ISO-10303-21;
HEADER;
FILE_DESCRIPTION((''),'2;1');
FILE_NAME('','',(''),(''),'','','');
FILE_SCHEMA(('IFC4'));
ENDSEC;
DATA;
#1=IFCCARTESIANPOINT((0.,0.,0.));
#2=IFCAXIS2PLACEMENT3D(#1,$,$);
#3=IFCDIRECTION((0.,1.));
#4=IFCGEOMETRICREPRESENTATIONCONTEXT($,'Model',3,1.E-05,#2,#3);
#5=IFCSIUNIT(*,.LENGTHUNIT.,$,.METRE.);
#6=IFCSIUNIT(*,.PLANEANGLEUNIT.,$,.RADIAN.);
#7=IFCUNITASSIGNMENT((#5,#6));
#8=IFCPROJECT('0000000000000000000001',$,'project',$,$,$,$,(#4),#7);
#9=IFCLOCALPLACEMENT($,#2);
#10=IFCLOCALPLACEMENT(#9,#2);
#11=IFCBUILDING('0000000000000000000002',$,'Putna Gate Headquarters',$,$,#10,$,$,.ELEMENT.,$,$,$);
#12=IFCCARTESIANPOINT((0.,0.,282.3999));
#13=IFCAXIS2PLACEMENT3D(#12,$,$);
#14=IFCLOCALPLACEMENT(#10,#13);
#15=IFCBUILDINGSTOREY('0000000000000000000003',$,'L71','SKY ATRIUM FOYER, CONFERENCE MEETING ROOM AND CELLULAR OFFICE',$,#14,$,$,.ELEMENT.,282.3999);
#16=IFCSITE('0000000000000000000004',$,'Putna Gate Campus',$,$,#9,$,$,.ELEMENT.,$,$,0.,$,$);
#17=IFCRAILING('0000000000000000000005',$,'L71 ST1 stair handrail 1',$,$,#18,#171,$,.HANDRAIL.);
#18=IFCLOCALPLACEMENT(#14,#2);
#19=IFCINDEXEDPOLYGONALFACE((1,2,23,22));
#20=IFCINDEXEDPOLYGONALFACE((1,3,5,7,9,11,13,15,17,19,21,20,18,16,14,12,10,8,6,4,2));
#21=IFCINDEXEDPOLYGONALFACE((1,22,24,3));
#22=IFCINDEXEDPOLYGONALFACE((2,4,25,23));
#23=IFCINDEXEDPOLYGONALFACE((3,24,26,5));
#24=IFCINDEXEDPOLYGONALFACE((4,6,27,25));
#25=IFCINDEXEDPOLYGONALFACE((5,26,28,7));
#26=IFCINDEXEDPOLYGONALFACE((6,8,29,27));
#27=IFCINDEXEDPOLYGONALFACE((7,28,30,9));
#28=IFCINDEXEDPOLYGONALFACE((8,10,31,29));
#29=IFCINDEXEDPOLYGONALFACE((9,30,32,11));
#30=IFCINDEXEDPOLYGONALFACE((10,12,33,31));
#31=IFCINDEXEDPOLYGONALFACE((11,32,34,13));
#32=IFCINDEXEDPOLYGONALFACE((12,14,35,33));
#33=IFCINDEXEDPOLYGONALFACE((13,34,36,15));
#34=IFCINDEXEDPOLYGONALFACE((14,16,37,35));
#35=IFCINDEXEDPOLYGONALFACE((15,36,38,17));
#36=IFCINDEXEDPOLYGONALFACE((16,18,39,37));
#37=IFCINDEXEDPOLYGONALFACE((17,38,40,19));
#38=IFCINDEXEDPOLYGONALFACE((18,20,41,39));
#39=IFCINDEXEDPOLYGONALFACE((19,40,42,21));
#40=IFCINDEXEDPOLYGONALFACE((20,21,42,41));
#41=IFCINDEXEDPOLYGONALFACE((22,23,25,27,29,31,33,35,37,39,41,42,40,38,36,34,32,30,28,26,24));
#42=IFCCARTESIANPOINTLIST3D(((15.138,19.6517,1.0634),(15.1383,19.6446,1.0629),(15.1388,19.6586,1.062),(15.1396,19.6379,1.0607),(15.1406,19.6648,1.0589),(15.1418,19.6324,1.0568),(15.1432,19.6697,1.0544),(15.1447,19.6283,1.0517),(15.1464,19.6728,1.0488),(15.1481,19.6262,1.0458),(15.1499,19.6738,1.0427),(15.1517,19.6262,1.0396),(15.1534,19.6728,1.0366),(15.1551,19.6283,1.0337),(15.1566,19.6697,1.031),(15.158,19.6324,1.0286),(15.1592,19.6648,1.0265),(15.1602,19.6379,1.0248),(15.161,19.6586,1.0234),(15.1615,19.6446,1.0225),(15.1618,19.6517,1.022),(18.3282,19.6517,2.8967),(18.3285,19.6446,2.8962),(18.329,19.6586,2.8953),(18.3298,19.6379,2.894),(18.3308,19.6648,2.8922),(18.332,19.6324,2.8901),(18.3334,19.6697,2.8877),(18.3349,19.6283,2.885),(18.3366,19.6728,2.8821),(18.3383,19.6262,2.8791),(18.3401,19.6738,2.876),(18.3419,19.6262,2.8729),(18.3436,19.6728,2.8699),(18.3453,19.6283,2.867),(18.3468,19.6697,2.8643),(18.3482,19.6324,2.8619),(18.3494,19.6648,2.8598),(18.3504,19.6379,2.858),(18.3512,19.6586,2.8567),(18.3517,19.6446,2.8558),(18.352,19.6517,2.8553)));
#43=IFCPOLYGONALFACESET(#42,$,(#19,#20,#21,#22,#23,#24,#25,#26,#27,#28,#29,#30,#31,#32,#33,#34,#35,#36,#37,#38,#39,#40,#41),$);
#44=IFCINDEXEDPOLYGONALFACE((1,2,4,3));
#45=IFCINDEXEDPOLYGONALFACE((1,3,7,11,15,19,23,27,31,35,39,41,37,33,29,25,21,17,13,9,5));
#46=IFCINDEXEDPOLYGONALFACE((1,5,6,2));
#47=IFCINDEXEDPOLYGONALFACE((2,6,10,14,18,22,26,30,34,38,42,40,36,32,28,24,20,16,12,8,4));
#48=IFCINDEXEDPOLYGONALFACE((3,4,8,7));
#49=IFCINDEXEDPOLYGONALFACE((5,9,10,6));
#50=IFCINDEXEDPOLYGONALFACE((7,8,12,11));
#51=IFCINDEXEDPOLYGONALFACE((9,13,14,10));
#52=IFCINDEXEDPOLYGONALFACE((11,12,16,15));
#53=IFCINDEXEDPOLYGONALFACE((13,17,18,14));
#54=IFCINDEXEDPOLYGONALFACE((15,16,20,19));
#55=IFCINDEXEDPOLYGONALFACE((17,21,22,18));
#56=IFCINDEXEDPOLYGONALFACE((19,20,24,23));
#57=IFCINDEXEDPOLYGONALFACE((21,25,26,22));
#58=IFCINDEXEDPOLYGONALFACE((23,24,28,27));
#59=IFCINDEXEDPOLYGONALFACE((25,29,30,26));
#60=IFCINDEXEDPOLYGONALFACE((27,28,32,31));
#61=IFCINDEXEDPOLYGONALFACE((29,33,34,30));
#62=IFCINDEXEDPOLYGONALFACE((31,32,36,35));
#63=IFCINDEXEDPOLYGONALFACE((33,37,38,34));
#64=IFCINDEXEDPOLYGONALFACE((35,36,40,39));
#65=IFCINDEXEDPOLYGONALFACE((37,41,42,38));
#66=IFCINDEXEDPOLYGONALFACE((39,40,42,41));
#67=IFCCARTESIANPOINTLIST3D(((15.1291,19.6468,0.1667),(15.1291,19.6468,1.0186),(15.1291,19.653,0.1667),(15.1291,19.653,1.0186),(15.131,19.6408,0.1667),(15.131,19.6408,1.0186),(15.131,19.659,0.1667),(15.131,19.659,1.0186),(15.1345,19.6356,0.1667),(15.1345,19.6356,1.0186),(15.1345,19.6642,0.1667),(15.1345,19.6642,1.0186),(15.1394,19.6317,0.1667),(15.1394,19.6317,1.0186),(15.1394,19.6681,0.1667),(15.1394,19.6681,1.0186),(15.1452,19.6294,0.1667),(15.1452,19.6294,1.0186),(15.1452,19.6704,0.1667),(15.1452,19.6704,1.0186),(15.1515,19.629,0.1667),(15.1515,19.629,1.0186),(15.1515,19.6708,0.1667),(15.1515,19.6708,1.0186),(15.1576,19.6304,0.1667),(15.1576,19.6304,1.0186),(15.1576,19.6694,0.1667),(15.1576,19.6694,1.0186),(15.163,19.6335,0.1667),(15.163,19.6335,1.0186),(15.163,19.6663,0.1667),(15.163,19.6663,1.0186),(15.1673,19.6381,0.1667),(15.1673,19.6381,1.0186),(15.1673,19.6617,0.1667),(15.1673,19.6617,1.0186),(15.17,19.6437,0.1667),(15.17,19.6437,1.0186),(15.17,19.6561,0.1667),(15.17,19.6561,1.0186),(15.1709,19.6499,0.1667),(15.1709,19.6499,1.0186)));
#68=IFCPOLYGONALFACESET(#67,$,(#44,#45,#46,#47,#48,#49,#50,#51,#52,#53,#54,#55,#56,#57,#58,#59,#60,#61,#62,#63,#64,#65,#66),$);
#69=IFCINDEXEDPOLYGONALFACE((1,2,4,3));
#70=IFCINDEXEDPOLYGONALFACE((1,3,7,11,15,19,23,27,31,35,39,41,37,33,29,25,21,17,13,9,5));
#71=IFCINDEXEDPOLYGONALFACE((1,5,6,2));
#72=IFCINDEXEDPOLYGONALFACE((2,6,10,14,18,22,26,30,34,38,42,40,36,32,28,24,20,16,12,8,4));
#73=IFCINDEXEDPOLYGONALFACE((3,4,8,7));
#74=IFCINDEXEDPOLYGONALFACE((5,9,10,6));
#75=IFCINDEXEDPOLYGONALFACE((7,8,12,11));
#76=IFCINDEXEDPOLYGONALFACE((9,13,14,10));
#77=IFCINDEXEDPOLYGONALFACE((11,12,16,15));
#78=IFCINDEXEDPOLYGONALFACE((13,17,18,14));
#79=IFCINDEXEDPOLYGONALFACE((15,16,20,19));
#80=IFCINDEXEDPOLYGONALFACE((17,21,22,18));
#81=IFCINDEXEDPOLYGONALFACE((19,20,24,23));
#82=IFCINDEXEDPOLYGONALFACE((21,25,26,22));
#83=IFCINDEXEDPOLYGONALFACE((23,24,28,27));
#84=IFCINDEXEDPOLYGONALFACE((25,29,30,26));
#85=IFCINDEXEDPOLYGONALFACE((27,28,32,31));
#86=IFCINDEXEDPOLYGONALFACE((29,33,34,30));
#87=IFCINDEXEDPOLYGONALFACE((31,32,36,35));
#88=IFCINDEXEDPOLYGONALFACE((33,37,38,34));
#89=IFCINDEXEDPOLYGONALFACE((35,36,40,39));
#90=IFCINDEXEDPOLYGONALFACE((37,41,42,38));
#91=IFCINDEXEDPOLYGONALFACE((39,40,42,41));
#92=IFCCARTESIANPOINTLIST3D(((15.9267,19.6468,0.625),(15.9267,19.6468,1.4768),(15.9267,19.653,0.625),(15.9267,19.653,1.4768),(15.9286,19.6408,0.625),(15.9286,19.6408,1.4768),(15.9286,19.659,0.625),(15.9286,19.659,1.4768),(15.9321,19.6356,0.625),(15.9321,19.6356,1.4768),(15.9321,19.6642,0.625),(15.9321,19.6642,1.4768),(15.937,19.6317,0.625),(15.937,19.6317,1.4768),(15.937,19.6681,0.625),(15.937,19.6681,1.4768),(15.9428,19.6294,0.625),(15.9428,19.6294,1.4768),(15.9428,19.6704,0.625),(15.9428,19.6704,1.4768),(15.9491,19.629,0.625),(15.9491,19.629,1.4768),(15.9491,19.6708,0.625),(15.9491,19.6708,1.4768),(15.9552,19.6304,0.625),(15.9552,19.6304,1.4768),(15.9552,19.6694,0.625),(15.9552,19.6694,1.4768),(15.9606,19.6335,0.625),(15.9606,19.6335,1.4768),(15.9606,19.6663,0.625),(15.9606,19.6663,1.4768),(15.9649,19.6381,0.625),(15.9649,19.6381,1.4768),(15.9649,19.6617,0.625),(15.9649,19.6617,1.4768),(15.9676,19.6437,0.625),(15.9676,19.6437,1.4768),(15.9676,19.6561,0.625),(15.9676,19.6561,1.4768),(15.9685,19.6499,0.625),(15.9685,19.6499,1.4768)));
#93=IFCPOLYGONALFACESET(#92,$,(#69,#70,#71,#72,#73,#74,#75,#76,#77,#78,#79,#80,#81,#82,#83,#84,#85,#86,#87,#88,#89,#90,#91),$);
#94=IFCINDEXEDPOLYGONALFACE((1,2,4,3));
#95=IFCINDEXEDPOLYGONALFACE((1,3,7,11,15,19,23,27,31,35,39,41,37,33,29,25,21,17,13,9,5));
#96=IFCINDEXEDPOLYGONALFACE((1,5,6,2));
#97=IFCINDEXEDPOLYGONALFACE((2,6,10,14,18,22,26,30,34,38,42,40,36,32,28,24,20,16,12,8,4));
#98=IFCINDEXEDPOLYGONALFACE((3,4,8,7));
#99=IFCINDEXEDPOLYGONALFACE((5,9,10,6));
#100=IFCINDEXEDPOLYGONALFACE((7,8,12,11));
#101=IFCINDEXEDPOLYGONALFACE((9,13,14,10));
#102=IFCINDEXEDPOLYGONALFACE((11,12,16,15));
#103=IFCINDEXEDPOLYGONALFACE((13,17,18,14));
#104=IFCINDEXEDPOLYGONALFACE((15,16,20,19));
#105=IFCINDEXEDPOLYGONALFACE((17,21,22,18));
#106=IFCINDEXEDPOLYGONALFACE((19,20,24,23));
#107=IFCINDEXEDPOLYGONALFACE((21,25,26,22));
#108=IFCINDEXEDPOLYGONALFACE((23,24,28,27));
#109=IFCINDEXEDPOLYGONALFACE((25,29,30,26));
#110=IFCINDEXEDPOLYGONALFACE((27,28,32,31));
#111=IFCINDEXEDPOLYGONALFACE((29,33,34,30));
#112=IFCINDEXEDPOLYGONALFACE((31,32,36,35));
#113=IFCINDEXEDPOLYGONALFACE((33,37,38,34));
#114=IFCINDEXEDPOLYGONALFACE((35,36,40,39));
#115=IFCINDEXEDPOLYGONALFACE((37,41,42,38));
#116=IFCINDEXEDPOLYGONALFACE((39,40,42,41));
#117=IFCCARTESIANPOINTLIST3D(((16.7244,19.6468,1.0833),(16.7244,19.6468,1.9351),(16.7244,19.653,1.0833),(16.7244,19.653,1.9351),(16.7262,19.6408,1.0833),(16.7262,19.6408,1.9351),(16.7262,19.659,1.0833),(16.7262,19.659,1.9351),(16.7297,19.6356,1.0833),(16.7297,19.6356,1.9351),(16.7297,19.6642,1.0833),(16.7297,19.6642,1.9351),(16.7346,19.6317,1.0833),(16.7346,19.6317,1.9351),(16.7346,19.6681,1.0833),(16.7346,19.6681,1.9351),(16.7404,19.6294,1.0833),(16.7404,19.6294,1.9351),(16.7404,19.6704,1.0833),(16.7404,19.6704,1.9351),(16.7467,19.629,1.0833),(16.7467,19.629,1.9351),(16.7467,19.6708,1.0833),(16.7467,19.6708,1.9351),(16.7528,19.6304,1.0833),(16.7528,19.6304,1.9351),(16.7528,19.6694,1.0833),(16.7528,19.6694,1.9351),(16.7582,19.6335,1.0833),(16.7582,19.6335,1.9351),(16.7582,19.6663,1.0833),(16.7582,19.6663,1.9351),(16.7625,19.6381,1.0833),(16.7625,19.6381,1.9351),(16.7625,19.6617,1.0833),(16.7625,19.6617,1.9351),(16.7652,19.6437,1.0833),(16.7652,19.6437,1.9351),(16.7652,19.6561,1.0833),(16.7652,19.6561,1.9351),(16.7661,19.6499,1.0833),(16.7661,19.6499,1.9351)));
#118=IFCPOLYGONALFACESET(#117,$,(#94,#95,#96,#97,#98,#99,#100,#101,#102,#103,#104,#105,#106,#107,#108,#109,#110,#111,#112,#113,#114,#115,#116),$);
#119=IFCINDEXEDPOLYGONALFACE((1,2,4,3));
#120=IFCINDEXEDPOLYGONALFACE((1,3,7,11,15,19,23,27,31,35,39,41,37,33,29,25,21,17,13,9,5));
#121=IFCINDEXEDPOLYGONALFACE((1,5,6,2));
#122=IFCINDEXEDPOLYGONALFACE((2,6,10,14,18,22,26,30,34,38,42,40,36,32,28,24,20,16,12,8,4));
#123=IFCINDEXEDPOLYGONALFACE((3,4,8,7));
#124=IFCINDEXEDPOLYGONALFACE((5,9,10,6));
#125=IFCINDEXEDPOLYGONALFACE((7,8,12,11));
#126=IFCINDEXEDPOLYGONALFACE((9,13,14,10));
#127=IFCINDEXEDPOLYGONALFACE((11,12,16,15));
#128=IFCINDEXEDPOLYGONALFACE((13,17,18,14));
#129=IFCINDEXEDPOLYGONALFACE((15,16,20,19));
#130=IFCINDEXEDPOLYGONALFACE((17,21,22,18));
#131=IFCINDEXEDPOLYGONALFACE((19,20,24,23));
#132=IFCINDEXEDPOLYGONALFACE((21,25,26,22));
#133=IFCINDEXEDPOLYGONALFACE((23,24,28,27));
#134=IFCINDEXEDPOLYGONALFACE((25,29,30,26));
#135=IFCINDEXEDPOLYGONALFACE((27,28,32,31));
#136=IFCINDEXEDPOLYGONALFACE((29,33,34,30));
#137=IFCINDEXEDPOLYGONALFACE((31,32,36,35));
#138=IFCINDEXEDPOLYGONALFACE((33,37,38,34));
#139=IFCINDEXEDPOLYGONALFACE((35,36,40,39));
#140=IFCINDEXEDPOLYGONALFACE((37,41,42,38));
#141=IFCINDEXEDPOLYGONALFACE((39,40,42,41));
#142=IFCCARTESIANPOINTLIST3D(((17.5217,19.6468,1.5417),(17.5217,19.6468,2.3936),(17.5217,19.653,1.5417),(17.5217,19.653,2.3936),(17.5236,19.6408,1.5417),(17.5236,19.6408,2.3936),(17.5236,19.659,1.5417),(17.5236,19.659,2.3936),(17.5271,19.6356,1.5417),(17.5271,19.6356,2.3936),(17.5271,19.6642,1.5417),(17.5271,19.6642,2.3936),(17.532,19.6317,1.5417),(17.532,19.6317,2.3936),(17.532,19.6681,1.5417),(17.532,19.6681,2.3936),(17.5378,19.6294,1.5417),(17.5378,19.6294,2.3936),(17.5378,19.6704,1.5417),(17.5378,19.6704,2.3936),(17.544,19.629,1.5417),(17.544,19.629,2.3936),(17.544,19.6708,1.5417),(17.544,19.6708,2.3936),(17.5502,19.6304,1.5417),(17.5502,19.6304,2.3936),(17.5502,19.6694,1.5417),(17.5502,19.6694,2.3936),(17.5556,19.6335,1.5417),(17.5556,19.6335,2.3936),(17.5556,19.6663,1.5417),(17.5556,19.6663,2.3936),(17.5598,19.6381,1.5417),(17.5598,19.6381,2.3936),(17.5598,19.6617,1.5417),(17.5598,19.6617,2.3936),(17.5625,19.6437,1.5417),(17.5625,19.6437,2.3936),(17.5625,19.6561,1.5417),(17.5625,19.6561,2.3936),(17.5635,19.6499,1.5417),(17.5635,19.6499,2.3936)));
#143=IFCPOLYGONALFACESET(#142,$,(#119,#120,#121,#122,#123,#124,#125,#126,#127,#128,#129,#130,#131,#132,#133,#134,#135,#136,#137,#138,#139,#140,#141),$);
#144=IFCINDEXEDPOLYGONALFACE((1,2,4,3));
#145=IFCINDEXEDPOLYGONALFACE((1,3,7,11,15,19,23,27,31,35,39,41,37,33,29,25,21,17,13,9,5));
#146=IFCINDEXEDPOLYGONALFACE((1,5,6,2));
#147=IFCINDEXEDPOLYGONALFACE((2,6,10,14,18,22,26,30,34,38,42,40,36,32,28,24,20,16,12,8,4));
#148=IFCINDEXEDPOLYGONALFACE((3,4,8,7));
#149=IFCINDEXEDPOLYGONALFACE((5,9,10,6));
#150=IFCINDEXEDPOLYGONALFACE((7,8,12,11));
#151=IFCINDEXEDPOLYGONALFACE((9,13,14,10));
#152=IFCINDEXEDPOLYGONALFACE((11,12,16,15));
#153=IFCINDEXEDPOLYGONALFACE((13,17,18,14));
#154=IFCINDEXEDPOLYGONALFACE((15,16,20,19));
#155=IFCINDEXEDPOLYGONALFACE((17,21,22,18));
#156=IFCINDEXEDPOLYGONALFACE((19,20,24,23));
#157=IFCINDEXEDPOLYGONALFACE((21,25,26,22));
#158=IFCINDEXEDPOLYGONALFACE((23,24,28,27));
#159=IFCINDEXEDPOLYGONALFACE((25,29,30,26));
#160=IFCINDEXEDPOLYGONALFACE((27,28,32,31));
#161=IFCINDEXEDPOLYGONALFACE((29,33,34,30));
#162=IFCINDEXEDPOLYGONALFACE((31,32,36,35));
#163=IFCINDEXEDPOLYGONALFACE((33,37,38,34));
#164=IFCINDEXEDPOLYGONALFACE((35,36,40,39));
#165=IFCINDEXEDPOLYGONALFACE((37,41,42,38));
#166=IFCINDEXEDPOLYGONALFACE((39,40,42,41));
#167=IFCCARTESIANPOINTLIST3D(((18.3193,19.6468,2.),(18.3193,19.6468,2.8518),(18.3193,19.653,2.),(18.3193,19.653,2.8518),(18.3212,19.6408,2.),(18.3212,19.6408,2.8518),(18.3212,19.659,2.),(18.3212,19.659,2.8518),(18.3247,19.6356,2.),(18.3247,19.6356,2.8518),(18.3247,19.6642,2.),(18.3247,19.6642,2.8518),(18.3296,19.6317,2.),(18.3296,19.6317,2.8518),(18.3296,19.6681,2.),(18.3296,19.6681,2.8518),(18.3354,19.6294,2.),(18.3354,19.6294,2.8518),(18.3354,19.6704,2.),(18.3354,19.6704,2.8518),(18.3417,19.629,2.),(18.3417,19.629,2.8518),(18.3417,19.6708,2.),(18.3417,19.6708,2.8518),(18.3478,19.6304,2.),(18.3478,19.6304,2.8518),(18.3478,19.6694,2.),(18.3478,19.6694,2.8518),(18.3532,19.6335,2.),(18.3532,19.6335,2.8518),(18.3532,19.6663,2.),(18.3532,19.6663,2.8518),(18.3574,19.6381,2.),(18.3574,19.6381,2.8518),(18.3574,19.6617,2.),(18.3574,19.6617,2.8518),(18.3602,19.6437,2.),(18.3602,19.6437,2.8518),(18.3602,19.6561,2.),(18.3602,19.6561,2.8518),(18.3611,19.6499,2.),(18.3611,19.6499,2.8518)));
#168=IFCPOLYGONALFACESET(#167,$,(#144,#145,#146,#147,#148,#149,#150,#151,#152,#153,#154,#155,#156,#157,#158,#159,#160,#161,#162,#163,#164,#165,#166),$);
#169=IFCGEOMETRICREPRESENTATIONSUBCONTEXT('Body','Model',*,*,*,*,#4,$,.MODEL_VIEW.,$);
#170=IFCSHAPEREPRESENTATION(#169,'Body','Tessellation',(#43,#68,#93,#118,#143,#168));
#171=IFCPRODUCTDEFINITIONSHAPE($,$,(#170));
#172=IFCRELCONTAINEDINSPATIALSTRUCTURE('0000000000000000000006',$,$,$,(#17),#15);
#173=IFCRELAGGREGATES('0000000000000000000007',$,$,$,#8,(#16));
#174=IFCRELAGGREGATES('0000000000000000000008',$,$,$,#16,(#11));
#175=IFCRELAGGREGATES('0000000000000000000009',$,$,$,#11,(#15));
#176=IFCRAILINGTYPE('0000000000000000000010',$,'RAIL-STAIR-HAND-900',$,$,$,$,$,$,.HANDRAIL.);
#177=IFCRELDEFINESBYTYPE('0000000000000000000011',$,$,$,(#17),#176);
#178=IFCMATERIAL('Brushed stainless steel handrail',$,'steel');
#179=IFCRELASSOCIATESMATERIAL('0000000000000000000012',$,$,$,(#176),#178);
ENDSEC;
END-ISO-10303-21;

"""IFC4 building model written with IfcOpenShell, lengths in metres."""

from ifc_helpers import new_model, si_unit, direction, frame, origin, origin_2d, place, context, subcontext, project, spatial, circle, extrude, material, type_object, element, save


model = new_model("IFC4")

# Units and contexts
model_context = context("Model", 3, precision=1e-05, world=origin(), true_north=direction((0.0, 1.0)))
body_context = subcontext(model_context, "Body", "Model", "MODEL_VIEW")
ifc_project = project(units=[si_unit("LENGTHUNIT", "METRE"), si_unit("PLANEANGLEUNIT", "RADIAN")], contexts=[model_context])

# Site, building, storey
site_placement = place(None, origin())
site = spatial("IfcSite", under=ifc_project, at=site_placement, Name="Putna Gate Campus", CompositionType="ELEMENT", RefElevation=0.0)
building_placement = place(site_placement, origin())
building = spatial("IfcBuilding", under=site, at=building_placement, Name="Putna Gate Headquarters", CompositionType="ELEMENT")
storey_placement = place(building_placement, frame((0.0, 0.0, 282.3999)))
storey = spatial("IfcBuildingStorey", under=building, at=storey_placement, Name="L71", Description="SKY ATRIUM FOYER, CONFERENCE MEETING ROOM AND CELLULAR OFFICE", CompositionType="ELEMENT", Elevation=282.3999)

# Railing
ifc_material_1 = material(Name="Brushed stainless steel handrail", Category="steel")
railing_type_1 = type_object("IfcRailingType", Name="RAIL-STAIR-HAND-900", PredefinedType="HANDRAIL", material=ifc_material_1)
railing_1_placement = place(storey_placement, frame((15.1499, 19.6499, 0.1667)))
element("IfcRailing", 1, at=railing_1_placement, inside=storey, type_object=railing_type_1, Name="L71 ST1 stair handrail 1", PredefinedType="HANDRAIL", context=body_context, shape_type="SweptSolid", body=[
    extrude(circle(Radius=0.0239, at=origin_2d()), frame((0.0, 0.0, 0.876), z_axis=(0.867036, 0.0, 0.498245), x_axis=(0.0, 1.0, 0.0)), (0.0, 0.0, 1.0), 3.6794),
    extrude(circle(Radius=0.021, at=origin_2d()), origin(), (0.0, 0.0, 1.0), 0.8518),
    extrude(circle(Radius=0.021, at=origin_2d()), frame((0.7976, 0.0, 0.4583)), (0.0, 0.0, 1.0), 0.8518),
    extrude(circle(Radius=0.021, at=origin_2d()), frame((1.5952, 0.0, 0.9165)), (0.0, 0.0, 1.0), 0.8518),
    extrude(circle(Radius=0.021, at=origin_2d()), frame((2.3926, 0.0, 1.375)), (0.0, 0.0, 1.0), 0.8518),
    extrude(circle(Radius=0.021, at=origin_2d()), frame((3.1902, 0.0, 1.8333)), (0.0, 0.0, 1.0), 0.8518),
])

save(model, "model.ifc")
